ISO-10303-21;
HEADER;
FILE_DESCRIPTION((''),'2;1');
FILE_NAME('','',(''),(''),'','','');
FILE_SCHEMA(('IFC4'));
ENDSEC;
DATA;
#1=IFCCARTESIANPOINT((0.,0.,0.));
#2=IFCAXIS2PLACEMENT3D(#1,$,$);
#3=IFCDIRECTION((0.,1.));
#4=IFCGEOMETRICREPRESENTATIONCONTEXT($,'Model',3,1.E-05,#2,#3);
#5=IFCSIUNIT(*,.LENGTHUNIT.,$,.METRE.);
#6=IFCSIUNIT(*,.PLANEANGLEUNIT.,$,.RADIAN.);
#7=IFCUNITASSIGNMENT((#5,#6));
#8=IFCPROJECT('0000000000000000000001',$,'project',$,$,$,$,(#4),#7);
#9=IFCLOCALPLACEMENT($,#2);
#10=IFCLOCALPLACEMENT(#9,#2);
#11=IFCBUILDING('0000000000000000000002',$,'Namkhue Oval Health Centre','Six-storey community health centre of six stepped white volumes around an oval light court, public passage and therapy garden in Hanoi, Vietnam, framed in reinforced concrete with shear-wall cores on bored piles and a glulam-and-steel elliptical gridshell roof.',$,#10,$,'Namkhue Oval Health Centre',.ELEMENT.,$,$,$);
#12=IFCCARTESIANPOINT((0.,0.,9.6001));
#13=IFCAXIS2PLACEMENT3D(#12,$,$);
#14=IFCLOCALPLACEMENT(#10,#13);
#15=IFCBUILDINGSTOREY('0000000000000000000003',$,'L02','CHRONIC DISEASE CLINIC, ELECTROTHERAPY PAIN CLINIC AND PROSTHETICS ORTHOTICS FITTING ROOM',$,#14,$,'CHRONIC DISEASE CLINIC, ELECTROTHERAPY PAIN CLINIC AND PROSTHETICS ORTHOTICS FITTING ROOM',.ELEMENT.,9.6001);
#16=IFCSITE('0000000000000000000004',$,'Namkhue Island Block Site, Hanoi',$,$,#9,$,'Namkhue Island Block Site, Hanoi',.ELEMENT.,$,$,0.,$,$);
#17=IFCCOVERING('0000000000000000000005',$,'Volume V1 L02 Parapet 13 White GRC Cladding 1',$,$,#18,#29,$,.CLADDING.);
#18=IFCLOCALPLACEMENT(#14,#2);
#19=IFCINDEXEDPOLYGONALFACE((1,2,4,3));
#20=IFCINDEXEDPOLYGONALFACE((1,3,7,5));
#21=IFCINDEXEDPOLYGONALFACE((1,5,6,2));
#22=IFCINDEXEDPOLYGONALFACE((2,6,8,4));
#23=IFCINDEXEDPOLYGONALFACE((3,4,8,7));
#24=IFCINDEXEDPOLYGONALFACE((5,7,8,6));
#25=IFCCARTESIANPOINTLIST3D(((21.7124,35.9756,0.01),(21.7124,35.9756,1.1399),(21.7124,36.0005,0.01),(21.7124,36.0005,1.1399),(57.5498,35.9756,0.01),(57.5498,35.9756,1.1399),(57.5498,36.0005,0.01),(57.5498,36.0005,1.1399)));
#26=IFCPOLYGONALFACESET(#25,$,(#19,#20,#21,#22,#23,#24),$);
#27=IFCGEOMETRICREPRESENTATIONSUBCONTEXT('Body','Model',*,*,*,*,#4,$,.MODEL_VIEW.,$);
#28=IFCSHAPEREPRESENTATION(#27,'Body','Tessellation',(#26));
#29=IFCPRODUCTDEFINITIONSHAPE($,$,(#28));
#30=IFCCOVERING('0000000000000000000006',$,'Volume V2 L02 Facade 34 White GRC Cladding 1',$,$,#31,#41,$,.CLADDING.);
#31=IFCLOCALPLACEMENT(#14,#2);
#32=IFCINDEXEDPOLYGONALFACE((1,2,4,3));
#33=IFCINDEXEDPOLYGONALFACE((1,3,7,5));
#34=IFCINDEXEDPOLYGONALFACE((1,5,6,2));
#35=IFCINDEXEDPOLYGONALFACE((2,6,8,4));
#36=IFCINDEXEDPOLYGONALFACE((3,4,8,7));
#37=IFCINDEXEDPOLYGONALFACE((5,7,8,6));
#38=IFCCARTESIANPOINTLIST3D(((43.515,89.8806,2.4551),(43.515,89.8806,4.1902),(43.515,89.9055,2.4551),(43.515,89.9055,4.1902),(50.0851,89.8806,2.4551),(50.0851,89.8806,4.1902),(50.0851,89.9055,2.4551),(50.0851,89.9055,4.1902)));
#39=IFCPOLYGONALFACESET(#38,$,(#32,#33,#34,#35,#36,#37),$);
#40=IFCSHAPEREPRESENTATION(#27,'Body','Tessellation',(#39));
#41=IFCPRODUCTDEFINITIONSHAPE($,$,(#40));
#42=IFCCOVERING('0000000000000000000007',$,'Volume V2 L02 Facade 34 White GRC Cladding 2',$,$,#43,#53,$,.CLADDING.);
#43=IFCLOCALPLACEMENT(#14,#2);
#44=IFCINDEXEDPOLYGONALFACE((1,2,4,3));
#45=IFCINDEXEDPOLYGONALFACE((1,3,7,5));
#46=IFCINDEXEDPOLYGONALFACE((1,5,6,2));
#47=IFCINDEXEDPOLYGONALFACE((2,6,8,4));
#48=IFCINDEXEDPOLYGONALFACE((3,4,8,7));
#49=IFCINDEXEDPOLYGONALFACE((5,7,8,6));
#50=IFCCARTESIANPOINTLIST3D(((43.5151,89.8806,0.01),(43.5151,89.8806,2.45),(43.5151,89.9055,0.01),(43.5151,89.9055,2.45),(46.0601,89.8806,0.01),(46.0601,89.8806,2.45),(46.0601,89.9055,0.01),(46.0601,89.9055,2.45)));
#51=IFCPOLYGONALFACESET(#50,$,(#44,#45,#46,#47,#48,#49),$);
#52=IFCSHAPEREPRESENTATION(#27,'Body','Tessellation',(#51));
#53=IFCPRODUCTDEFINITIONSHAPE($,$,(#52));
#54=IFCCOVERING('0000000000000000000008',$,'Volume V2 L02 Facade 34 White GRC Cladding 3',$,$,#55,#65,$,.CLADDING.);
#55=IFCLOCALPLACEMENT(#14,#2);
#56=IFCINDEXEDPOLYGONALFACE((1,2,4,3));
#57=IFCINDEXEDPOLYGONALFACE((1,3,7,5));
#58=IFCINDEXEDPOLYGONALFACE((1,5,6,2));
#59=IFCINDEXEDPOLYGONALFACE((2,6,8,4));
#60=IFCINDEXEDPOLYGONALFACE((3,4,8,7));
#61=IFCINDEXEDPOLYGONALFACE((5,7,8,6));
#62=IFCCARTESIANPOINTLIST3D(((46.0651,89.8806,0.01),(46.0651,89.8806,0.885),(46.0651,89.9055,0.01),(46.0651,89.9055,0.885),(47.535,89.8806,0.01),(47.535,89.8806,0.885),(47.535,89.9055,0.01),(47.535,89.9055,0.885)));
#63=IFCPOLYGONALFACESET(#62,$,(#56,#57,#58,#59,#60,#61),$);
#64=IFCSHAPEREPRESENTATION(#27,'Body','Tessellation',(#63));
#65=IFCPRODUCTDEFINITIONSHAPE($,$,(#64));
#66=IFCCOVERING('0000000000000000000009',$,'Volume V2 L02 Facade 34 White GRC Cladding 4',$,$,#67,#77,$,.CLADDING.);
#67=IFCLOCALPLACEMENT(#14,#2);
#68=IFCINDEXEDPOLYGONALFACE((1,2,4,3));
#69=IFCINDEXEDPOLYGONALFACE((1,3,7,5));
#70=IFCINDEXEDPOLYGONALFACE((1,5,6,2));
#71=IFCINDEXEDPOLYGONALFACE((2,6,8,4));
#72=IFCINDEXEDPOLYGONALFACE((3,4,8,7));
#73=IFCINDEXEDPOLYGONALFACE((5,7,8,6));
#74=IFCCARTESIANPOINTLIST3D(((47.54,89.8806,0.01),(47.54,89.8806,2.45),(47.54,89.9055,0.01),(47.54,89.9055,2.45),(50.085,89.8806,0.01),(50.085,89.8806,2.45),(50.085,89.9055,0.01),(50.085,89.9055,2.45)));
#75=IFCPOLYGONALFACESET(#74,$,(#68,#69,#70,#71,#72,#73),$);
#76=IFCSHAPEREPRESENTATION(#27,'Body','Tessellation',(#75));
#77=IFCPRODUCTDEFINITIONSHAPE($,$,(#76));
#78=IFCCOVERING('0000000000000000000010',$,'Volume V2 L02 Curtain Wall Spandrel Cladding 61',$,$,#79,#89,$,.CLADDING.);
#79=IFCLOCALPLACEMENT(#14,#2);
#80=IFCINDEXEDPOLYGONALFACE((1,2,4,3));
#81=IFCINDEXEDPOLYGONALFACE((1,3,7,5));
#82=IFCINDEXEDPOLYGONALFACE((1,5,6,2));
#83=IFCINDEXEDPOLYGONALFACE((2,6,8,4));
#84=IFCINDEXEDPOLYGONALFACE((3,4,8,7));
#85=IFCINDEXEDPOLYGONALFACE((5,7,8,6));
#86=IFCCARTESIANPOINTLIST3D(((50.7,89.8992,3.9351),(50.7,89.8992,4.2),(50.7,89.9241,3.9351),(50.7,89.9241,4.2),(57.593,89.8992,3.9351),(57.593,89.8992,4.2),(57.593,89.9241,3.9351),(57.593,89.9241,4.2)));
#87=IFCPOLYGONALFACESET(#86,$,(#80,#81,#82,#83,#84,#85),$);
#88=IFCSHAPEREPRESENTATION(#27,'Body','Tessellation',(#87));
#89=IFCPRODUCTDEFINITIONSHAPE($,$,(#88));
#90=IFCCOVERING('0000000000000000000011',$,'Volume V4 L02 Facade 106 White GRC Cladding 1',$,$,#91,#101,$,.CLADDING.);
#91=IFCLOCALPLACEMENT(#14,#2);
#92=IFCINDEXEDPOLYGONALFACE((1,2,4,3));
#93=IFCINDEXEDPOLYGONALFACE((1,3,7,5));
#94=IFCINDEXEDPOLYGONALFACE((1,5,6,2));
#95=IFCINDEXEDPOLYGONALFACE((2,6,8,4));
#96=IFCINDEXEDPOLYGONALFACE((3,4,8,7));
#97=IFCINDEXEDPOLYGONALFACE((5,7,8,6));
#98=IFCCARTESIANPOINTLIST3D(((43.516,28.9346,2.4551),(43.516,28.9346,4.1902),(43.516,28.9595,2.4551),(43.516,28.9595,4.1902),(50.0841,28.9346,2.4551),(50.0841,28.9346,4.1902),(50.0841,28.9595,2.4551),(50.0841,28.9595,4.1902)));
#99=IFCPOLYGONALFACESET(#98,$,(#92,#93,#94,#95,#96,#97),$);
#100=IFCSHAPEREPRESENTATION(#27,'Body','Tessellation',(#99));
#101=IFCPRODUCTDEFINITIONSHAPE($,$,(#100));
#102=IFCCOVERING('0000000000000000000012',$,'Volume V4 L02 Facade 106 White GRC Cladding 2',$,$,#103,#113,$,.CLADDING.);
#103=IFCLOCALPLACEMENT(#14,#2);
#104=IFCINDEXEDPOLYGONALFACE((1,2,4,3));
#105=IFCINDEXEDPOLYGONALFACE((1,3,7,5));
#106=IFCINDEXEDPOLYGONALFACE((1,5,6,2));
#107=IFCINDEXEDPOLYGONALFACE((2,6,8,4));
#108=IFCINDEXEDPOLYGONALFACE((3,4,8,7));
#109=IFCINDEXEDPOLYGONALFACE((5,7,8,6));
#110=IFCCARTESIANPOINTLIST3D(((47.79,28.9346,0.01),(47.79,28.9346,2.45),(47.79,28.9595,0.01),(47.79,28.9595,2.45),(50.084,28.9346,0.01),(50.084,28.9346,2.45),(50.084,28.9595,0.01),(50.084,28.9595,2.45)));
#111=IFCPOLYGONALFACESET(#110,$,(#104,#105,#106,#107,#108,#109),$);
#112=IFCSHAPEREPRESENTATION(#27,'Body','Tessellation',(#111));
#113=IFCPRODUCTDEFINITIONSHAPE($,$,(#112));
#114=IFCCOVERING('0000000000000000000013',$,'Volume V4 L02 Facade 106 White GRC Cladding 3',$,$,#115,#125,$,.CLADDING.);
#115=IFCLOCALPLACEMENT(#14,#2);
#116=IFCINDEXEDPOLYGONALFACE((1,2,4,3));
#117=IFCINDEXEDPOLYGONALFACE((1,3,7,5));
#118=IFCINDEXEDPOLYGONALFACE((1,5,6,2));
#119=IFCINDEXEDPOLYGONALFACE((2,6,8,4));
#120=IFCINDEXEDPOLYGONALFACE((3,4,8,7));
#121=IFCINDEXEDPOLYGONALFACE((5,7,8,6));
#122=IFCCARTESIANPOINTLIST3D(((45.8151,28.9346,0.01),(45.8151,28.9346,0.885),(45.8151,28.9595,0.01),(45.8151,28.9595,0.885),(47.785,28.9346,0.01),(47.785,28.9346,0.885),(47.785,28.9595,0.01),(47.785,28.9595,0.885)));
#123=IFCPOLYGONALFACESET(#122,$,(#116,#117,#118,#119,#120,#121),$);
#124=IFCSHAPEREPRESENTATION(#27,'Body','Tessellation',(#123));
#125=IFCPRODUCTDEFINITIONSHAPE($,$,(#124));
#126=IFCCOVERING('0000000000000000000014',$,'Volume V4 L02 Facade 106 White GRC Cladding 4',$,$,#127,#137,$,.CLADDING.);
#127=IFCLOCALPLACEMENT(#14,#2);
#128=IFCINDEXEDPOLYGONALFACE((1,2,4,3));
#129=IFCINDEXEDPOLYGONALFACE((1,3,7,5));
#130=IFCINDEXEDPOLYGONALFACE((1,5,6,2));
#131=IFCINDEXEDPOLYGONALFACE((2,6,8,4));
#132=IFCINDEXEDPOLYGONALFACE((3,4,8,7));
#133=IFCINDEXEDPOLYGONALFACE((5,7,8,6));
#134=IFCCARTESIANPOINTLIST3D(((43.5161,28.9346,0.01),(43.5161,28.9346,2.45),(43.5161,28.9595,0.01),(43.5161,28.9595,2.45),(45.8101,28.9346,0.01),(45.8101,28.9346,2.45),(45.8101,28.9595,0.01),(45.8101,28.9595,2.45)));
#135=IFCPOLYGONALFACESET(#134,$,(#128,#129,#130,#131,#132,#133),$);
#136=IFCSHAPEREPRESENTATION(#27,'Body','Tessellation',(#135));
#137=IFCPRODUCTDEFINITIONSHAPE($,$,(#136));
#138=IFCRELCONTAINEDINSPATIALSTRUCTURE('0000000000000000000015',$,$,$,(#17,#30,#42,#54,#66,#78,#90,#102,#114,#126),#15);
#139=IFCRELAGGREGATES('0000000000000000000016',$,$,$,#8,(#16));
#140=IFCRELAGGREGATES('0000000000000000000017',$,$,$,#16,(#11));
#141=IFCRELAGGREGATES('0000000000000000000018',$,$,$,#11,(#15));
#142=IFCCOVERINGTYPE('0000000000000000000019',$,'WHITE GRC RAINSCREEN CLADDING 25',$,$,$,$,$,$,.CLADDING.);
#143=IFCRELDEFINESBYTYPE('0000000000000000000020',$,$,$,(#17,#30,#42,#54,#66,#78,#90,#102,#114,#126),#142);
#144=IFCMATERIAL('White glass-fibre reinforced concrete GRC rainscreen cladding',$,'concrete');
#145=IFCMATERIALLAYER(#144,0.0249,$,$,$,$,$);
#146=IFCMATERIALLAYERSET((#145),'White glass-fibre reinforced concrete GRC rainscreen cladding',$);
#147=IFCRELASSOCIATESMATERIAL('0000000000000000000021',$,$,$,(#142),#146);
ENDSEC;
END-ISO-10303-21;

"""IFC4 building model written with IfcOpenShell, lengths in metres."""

from ifc_helpers import new_model, si_unit, direction, frame, origin, origin_2d, place, context, subcontext, project, spatial, rectangle, extrude, material, layer, layer_set, type_object, element, save


model = new_model("IFC4")

# Units and contexts
model_context = context("Model", 3, precision=1e-05, world=origin(), true_north=direction((0.0, 1.0)))
body_context = subcontext(model_context, "Body", "Model", "MODEL_VIEW")
ifc_project = project(units=[si_unit("LENGTHUNIT", "METRE"), si_unit("PLANEANGLEUNIT", "RADIAN")], contexts=[model_context])

# Site, building, storey
site_placement = place(None, origin())
site = spatial("IfcSite", under=ifc_project, at=site_placement, Name="Namkhue Island Block Site, Hanoi", LongName="Namkhue Island Block Site, Hanoi", CompositionType="ELEMENT", RefElevation=0.0)
building_placement = place(site_placement, origin())
building = spatial("IfcBuilding", under=site, at=building_placement, Name="Namkhue Oval Health Centre", Description="Six-storey community health centre of six stepped white volumes around an oval light court, public passage and therapy garden in Hanoi, Vietnam, framed in reinforced concrete with shear-wall cores on bored piles and a glulam-and-steel elliptical gridshell roof.", LongName="Namkhue Oval Health Centre", CompositionType="ELEMENT")
storey_placement = place(building_placement, frame((0.0, 0.0, 9.6001)))
storey = spatial("IfcBuildingStorey", under=building, at=storey_placement, Name="L02", Description="CHRONIC DISEASE CLINIC, ELECTROTHERAPY PAIN CLINIC AND PROSTHETICS ORTHOTICS FITTING ROOM", LongName="CHRONIC DISEASE CLINIC, ELECTROTHERAPY PAIN CLINIC AND PROSTHETICS ORTHOTICS FITTING ROOM", CompositionType="ELEMENT", Elevation=9.6001)

# Coverings
ifc_material_1 = material(Name="White glass-fibre reinforced concrete GRC rainscreen cladding", Category="concrete")
ifc_layer_1 = layer(ifc_material_1, 0.0249)
ifc_layer_set_1 = layer_set([ifc_layer_1], Name="White glass-fibre reinforced concrete GRC rainscreen cladding")
covering_type = type_object("IfcCoveringType", Name="WHITE GRC RAINSCREEN CLADDING 25", PredefinedType="CLADDING", material=ifc_layer_set_1)
for number, where, z_axis, x_axis, name in (
    (1, (39.6311, 35.988, 0.01), (0.0, 0.0, 1.0), (-1.0, 0.0, 0.0), "Volume V1 L02 Parapet 13 White GRC Cladding 1"),
):
    element("IfcCovering", number, at=place(storey_placement, frame(where, z_axis=z_axis, x_axis=x_axis)), inside=storey, type_object=covering_type, Name=name, PredefinedType="CLADDING", context=body_context, shape_type="SweptSolid", body=[
        extrude(rectangle(XDim=35.8374, YDim=0.0249, at=origin_2d()), origin(), (0.0, 0.0, 1.0), 1.1299),
    ])
covering_1_placement = place(storey_placement, frame((46.8, 89.8931, 2.4551), z_axis=(0.0, 0.0, 1.0), x_axis=(1.0, 0.0, 0.0)))
element("IfcCovering", 2, at=covering_1_placement, inside=storey, type_object=covering_type, Name="Volume V2 L02 Facade 34 White GRC Cladding 1", PredefinedType="CLADDING", context=body_context, shape_type="SweptSolid", body=[
    extrude(rectangle(XDim=6.5701, YDim=0.0249, at=origin_2d()), origin(), (0.0, 0.0, 1.0), 1.7351),
])
covering_2_placement = place(storey_placement, frame((44.7876, 89.8931, 0.01), z_axis=(0.0, 0.0, 1.0), x_axis=(1.0, 0.0, 0.0)))
element("IfcCovering", 3, at=covering_2_placement, inside=storey, type_object=covering_type, Name="Volume V2 L02 Facade 34 White GRC Cladding 2", PredefinedType="CLADDING", context=body_context, shape_type="SweptSolid", body=[
    extrude(rectangle(XDim=2.5449, YDim=0.0249, at=origin_2d()), origin(), (0.0, 0.0, 1.0), 2.4399),
])
covering_3_placement = place(storey_placement, frame((46.8, 89.8931, 0.01), z_axis=(0.0, 0.0, 1.0), x_axis=(1.0, 0.0, 0.0)))
element("IfcCovering", 4, at=covering_3_placement, inside=storey, type_object=covering_type, Name="Volume V2 L02 Facade 34 White GRC Cladding 3", PredefinedType="CLADDING", context=body_context, shape_type="SweptSolid", body=[
    extrude(rectangle(XDim=1.47, YDim=0.0249, at=origin_2d()), origin(), (0.0, 0.0, 1.0), 0.875),
])
covering_4_placement = place(storey_placement, frame((48.8125, 89.8931, 0.01), z_axis=(0.0, 0.0, 1.0), x_axis=(1.0, 0.0, 0.0)))
element("IfcCovering", 5, at=covering_4_placement, inside=storey, type_object=covering_type, Name="Volume V2 L02 Facade 34 White GRC Cladding 4", PredefinedType="CLADDING", context=body_context, shape_type="SweptSolid", body=[
    extrude(rectangle(XDim=2.5449, YDim=0.0249, at=origin_2d()), origin(), (0.0, 0.0, 1.0), 2.4399),
])
covering_5_placement = place(storey_placement, frame((54.1465, 89.9116, 3.9351), z_axis=(0.0, 0.0, 1.0), x_axis=(1.0, 0.0, 0.0)))
element("IfcCovering", 6, at=covering_5_placement, inside=storey, type_object=covering_type, Name="Volume V2 L02 Curtain Wall Spandrel Cladding 61", PredefinedType="CLADDING", context=body_context, shape_type="SweptSolid", body=[
    extrude(rectangle(XDim=6.8931, YDim=0.0249, at=origin_2d()), origin(), (0.0, 0.0, 1.0), 0.2649),
])
covering_6_placement = place(storey_placement, frame((46.8, 28.947, 2.4551), z_axis=(0.0, 0.0, 1.0), x_axis=(-1.0, 0.0, 0.0)))
element("IfcCovering", 7, at=covering_6_placement, inside=storey, type_object=covering_type, Name="Volume V4 L02 Facade 106 White GRC Cladding 1", PredefinedType="CLADDING", context=body_context, shape_type="SweptSolid", body=[
    extrude(rectangle(XDim=6.5681, YDim=0.0249, at=origin_2d()), origin(), (0.0, 0.0, 1.0), 1.7351),
])
covering_7_placement = place(storey_placement, frame((48.937, 28.947, 0.01), z_axis=(0.0, 0.0, 1.0), x_axis=(-1.0, 0.0, 0.0)))
element("IfcCovering", 8, at=covering_7_placement, inside=storey, type_object=covering_type, Name="Volume V4 L02 Facade 106 White GRC Cladding 2", PredefinedType="CLADDING", context=body_context, shape_type="SweptSolid", body=[
    extrude(rectangle(XDim=2.2939, YDim=0.0249, at=origin_2d()), origin(), (0.0, 0.0, 1.0), 2.4399),
])
covering_8_placement = place(storey_placement, frame((46.8, 28.947, 0.01), z_axis=(0.0, 0.0, 1.0), x_axis=(-1.0, 0.0, 0.0)))
element("IfcCovering", 9, at=covering_8_placement, inside=storey, type_object=covering_type, Name="Volume V4 L02 Facade 106 White GRC Cladding 3", PredefinedType="CLADDING", context=body_context, shape_type="SweptSolid", body=[
    extrude(rectangle(XDim=1.97, YDim=0.0249, at=origin_2d()), origin(), (0.0, 0.0, 1.0), 0.875),
])
covering_9_placement = place(storey_placement, frame((44.6631, 28.947, 0.01), z_axis=(0.0, 0.0, 1.0), x_axis=(-1.0, 0.0, 0.0)))
element("IfcCovering", 10, at=covering_9_placement, inside=storey, type_object=covering_type, Name="Volume V4 L02 Facade 106 White GRC Cladding 4", PredefinedType="CLADDING", context=body_context, shape_type="SweptSolid", body=[
    extrude(rectangle(XDim=2.2939, YDim=0.0249, at=origin_2d()), origin(), (0.0, 0.0, 1.0), 2.4399),
])

save(model, "model.ifc")
